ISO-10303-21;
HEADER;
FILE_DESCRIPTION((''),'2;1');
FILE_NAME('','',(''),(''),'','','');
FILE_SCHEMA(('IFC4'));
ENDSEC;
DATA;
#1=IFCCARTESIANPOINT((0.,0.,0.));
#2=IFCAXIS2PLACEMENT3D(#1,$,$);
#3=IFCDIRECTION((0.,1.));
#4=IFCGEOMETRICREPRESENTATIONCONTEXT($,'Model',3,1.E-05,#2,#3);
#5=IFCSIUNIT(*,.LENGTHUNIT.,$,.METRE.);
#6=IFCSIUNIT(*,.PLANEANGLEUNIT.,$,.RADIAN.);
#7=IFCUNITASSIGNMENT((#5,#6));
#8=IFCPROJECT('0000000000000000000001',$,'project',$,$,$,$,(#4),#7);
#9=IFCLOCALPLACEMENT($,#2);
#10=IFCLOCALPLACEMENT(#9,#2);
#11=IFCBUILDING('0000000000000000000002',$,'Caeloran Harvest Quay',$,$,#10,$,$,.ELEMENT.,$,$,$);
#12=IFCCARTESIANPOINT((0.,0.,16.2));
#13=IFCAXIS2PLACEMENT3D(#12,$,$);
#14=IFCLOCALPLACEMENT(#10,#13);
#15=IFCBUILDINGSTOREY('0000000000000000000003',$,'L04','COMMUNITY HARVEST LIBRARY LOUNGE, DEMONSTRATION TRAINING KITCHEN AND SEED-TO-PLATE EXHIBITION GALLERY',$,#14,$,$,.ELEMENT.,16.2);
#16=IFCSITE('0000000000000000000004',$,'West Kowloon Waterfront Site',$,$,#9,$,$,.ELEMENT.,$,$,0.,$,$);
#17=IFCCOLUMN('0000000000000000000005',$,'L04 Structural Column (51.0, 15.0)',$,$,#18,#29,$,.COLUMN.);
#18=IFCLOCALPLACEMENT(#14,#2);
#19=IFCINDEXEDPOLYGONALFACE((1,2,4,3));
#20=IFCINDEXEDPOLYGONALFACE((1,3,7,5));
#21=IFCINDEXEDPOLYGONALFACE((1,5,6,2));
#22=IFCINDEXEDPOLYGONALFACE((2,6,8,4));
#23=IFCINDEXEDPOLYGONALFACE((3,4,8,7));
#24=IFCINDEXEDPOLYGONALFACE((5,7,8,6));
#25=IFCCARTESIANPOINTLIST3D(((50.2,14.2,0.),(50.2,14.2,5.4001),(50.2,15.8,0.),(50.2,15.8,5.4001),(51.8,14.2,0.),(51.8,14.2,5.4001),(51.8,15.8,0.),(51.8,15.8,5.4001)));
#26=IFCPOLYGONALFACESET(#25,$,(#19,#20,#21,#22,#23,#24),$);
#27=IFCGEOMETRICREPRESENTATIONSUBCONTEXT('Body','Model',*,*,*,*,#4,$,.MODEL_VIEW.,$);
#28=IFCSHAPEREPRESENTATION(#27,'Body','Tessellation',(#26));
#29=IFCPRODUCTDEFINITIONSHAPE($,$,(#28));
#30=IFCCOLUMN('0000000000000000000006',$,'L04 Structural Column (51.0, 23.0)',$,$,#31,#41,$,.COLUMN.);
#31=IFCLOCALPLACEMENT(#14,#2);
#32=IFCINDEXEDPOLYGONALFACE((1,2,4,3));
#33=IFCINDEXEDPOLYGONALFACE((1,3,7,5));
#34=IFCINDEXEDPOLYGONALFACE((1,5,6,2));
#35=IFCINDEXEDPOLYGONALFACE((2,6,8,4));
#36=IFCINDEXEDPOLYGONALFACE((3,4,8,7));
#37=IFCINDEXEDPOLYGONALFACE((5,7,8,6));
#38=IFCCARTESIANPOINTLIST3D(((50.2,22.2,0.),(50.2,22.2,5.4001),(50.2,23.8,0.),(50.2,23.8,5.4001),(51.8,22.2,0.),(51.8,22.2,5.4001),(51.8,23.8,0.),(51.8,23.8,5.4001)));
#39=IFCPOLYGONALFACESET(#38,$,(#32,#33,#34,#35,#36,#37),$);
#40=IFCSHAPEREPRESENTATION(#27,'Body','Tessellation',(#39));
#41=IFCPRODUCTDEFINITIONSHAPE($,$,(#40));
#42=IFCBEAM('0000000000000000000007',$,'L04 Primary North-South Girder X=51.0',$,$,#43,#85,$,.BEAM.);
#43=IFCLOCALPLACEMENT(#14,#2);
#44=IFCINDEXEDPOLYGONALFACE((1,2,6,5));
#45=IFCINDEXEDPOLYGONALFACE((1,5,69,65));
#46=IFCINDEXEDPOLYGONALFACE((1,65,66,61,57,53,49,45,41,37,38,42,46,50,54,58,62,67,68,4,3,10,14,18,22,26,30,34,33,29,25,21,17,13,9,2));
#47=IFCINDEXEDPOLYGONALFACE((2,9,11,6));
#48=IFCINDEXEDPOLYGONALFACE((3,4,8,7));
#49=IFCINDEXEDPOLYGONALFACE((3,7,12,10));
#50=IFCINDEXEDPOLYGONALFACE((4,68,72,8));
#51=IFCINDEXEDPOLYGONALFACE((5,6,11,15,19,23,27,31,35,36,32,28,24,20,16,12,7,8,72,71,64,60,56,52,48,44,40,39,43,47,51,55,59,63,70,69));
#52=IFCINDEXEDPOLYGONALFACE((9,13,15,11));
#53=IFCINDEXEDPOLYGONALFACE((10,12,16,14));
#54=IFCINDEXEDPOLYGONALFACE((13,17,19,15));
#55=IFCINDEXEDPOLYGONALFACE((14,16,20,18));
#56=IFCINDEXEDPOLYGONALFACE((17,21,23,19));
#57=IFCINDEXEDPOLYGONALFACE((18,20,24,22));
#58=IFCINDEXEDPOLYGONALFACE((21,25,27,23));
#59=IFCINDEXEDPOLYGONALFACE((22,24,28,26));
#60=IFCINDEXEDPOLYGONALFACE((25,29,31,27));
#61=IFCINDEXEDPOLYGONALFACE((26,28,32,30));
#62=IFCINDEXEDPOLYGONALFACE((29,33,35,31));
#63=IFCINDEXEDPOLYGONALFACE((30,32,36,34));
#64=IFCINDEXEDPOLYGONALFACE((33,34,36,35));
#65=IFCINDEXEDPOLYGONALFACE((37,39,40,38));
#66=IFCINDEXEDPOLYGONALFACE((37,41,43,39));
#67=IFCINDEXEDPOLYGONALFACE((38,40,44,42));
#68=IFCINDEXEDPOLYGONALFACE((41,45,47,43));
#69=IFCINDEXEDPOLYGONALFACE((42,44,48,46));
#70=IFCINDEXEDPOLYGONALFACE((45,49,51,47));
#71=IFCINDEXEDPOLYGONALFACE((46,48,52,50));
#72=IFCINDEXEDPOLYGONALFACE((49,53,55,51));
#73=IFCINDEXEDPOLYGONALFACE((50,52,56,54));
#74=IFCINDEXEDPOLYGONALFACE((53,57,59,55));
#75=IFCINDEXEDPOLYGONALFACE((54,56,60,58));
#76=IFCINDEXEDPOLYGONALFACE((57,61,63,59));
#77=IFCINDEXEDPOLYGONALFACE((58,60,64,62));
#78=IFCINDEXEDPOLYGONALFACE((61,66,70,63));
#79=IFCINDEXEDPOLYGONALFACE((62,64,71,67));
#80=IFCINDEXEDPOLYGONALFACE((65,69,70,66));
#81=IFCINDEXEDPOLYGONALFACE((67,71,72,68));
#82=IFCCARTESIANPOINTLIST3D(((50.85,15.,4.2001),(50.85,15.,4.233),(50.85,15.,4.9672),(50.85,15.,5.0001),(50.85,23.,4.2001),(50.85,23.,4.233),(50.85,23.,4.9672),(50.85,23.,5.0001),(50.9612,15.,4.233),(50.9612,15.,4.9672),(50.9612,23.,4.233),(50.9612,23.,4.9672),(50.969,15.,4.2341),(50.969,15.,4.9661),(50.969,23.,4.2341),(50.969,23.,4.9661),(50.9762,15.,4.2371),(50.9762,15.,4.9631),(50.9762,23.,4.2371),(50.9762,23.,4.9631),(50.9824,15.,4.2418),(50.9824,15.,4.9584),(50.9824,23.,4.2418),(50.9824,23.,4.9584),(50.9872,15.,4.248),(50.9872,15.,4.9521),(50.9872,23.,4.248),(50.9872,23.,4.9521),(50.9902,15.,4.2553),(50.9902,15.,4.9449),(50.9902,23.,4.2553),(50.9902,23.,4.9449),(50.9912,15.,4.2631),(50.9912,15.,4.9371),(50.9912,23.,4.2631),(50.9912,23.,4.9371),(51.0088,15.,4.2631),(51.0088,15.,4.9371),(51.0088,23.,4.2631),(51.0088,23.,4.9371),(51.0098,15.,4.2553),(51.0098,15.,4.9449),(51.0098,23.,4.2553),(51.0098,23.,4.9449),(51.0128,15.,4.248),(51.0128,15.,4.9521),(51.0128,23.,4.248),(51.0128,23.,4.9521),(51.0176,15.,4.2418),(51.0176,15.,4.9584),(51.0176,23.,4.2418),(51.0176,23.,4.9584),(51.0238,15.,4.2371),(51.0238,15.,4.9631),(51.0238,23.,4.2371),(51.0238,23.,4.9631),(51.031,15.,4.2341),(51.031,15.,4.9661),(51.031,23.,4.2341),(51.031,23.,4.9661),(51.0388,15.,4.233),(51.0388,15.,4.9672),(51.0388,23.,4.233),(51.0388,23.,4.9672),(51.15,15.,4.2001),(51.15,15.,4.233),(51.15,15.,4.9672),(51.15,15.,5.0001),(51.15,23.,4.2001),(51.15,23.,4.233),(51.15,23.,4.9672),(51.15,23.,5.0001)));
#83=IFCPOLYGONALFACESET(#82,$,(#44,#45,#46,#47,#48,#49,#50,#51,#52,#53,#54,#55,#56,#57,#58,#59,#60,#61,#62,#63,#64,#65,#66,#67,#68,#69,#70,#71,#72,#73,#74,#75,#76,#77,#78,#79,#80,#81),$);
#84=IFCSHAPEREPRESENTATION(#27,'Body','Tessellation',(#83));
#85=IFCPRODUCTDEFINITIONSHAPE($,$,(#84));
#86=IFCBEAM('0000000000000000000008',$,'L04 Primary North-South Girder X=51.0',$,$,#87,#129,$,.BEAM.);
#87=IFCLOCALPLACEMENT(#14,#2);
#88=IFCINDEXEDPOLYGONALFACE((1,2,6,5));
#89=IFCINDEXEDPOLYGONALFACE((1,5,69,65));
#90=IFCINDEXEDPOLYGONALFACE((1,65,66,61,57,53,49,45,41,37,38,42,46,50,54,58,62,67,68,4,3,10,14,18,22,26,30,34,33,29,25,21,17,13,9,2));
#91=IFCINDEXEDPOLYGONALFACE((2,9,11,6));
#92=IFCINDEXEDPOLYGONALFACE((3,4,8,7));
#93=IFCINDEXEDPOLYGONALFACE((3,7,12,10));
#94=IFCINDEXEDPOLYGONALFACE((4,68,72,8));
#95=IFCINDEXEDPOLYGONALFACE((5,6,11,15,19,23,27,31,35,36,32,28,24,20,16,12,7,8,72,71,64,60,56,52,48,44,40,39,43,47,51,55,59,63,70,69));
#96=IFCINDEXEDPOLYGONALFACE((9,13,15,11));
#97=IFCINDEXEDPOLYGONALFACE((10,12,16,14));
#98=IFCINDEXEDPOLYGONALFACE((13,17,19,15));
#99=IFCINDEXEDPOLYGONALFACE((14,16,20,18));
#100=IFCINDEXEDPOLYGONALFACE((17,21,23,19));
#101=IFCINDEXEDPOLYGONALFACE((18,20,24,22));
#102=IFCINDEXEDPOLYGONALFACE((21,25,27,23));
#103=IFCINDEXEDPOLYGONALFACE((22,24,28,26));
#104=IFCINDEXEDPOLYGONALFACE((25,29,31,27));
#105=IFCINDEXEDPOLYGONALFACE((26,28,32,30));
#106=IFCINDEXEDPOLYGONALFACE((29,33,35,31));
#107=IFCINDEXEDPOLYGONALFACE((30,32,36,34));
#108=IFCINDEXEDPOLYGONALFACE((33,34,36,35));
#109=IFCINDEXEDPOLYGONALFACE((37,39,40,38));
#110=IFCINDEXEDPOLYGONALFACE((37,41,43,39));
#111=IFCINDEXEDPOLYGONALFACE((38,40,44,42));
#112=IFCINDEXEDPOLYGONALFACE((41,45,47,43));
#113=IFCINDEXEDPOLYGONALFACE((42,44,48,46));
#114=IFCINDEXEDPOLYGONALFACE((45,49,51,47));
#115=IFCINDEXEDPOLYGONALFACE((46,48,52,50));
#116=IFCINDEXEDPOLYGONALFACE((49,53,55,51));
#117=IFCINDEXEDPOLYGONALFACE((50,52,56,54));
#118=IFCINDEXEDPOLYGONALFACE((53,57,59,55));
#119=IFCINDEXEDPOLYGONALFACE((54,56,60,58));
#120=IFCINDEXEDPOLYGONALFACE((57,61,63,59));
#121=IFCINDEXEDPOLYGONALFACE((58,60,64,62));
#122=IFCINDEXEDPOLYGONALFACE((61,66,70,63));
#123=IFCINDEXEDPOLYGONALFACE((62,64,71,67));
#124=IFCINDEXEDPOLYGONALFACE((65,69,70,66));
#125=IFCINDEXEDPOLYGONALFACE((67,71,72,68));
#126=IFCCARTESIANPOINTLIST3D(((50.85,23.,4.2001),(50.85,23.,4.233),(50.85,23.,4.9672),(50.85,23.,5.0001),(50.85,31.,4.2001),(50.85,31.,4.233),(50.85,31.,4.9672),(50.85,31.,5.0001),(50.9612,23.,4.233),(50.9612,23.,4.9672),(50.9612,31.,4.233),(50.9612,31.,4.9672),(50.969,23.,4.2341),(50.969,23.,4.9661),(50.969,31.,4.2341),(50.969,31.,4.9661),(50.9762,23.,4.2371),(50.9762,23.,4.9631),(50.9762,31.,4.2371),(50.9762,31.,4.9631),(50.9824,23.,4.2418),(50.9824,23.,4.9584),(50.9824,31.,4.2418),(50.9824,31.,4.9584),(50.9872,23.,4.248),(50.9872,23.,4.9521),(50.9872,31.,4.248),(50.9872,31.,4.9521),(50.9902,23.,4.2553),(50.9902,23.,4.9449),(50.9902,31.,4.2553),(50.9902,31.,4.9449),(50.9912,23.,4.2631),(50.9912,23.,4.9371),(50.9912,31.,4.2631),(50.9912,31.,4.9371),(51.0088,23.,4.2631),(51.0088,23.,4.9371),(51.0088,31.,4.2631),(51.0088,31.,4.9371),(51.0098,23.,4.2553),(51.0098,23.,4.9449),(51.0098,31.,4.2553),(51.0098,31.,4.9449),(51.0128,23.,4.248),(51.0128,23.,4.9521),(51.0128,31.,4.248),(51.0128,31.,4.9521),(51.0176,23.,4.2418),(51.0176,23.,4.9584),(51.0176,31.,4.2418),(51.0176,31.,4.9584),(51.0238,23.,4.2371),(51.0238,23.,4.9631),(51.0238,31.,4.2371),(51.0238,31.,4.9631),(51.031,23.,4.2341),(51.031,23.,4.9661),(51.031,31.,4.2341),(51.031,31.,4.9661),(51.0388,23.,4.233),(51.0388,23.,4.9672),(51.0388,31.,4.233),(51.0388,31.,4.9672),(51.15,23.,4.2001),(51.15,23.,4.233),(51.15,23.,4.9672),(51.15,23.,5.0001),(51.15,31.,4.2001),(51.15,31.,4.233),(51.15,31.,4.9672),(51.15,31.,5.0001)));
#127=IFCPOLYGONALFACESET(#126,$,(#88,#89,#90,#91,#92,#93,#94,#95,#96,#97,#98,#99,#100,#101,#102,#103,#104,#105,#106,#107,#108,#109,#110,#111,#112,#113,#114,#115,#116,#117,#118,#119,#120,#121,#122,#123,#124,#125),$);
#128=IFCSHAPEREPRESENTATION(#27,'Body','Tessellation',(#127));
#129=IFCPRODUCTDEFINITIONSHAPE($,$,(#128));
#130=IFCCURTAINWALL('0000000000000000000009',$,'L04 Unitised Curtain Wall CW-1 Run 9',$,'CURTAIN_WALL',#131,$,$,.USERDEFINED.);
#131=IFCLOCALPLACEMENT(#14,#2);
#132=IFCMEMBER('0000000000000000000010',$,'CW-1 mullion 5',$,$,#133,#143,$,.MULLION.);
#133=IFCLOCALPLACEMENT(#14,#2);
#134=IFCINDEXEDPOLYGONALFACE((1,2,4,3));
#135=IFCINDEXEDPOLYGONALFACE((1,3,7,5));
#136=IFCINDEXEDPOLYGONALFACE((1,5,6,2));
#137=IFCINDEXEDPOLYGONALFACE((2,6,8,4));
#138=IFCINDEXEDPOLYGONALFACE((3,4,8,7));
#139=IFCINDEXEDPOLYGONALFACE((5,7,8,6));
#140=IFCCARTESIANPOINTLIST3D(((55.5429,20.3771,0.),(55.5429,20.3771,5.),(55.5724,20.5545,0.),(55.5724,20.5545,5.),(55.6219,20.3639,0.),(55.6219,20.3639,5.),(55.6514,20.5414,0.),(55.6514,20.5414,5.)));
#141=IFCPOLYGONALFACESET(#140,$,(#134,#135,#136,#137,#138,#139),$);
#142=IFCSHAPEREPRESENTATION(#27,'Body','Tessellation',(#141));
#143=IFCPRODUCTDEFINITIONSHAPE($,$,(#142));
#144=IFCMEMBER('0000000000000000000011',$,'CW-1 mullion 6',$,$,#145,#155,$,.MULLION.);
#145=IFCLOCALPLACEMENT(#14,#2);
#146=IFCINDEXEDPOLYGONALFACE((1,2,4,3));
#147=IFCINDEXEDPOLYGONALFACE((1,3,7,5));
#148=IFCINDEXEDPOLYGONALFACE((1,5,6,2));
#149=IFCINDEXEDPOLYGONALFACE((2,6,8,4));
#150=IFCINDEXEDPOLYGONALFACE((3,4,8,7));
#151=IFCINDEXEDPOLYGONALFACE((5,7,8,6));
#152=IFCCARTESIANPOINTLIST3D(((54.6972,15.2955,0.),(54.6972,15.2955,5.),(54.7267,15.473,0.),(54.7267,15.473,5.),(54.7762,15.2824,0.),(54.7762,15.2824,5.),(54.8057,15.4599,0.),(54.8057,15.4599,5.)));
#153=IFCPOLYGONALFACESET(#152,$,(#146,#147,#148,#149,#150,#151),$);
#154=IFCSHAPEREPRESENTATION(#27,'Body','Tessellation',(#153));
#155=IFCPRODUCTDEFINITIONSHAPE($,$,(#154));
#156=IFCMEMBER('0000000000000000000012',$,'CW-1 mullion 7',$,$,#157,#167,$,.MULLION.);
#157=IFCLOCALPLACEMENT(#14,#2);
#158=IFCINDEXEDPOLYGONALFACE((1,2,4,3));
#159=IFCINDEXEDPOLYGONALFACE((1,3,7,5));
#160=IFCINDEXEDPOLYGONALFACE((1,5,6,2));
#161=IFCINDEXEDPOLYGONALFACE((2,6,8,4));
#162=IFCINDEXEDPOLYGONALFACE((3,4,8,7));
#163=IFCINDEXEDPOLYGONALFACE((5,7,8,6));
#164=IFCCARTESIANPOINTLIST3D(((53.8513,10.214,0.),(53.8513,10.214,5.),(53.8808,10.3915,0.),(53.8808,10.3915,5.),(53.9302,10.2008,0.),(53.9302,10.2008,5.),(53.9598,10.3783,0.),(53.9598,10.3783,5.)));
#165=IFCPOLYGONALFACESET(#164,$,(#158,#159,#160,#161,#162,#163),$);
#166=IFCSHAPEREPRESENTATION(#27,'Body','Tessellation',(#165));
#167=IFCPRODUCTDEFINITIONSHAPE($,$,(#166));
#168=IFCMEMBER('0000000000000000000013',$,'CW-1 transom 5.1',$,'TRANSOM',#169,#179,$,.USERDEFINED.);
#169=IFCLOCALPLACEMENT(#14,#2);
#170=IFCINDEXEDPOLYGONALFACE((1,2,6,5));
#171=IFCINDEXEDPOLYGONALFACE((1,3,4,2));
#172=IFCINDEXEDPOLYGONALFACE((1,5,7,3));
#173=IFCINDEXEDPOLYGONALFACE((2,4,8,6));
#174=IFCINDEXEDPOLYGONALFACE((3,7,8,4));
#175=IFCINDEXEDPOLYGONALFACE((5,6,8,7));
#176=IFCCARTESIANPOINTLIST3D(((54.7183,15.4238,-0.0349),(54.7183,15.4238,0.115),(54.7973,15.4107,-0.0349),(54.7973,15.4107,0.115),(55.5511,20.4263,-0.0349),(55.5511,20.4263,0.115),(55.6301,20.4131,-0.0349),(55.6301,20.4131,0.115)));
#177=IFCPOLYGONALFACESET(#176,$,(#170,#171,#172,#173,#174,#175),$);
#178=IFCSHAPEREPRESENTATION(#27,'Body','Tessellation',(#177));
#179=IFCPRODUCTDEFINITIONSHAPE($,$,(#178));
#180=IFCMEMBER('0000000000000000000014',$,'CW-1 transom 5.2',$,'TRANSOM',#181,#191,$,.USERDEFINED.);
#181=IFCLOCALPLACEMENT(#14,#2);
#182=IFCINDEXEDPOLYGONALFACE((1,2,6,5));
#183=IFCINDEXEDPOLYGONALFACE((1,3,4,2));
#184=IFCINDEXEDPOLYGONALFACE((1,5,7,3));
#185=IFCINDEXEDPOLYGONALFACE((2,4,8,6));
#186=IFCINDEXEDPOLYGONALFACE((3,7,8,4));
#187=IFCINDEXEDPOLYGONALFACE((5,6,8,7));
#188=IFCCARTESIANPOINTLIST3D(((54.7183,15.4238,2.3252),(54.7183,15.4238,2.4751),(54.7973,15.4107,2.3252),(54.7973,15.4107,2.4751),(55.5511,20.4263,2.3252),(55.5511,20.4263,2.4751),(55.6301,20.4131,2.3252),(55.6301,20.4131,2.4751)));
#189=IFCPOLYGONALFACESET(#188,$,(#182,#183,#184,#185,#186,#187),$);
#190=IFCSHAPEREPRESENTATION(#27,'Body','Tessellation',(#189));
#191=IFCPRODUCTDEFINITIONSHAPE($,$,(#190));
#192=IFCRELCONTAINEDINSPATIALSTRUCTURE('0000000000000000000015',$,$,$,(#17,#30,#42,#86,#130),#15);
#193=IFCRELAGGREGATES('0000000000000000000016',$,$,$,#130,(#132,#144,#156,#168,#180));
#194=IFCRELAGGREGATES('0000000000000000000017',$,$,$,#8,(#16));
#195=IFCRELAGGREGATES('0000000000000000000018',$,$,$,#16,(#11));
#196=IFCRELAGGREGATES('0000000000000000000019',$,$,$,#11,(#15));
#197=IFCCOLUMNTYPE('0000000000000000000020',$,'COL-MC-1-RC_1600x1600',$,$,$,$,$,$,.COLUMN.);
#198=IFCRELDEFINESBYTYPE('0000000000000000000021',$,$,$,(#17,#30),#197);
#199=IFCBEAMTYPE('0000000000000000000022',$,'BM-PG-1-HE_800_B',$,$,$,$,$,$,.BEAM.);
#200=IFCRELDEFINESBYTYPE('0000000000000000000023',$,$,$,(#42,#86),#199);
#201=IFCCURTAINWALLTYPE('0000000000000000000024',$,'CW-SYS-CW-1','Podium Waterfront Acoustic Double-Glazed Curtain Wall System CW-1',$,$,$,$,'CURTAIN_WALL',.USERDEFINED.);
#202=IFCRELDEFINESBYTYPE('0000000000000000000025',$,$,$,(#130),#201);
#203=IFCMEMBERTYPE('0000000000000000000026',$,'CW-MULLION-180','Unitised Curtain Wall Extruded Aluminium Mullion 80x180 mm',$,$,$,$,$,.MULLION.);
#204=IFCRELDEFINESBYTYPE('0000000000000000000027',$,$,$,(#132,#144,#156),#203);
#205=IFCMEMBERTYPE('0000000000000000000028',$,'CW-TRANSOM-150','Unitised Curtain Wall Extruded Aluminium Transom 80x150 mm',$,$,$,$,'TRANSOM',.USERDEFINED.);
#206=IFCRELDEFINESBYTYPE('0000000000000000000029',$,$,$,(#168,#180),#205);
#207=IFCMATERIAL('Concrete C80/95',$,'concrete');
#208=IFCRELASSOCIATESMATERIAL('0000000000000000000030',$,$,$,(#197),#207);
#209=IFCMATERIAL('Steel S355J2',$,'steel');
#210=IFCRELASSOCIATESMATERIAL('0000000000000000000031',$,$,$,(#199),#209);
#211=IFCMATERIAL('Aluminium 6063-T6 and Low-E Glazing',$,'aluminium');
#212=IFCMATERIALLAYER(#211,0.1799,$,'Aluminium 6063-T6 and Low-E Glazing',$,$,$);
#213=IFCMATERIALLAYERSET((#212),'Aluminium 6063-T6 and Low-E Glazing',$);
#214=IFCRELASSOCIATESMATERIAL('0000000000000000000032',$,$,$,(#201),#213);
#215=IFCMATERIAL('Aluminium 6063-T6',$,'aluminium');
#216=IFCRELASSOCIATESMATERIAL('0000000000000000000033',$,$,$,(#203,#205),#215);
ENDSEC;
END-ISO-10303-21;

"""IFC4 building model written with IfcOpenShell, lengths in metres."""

from ifc_helpers import new_model, si_unit, direction, frame, origin, origin_2d, place, context, subcontext, project, spatial, rectangle, i_section, extrude, material, layer, layer_set, material_profile, profile_set, type_object, element, aggregate, save


model = new_model("IFC4")

# Units and contexts
model_context = context("Model", 3, precision=1e-05, world=origin(), true_north=direction((0.0, 1.0)))
body_context = subcontext(model_context, "Body", "Model", "MODEL_VIEW")
ifc_project = project(units=[si_unit("LENGTHUNIT", "METRE"), si_unit("PLANEANGLEUNIT", "RADIAN")], contexts=[model_context])

# Site, building, storey
site_placement = place(None, origin())
site = spatial("IfcSite", under=ifc_project, at=site_placement, Name="West Kowloon Waterfront Site", CompositionType="ELEMENT", RefElevation=0.0)
building_placement = place(site_placement, origin())
building = spatial("IfcBuilding", under=site, at=building_placement, Name="Caeloran Harvest Quay", CompositionType="ELEMENT")
storey_placement = place(building_placement, frame((0.0, 0.0, 16.2)))
storey = spatial("IfcBuildingStorey", under=building, at=storey_placement, Name="L04", Description="COMMUNITY HARVEST LIBRARY LOUNGE, DEMONSTRATION TRAINING KITCHEN AND SEED-TO-PLATE EXHIBITION GALLERY", CompositionType="ELEMENT", Elevation=16.2)

# Columns
ifc_material_1 = material(Name="Concrete C80/95", Category="concrete")
ifc_material_profile_1 = material_profile(ifc_material_1, rectangle(XDim=1.6001, YDim=1.6001, at=origin_2d()), Name="RC 1600x1600")
ifc_profile_set_1 = profile_set([ifc_material_profile_1], Name="Concrete C80/95")
column_type = type_object("IfcColumnType", Name="COL-MC-1-RC_1600x1600", PredefinedType="COLUMN", material=ifc_profile_set_1)
for number, where, z_axis, x_axis, name in (
    (1, (51.0, 15.0, 0.0), (0.0, 0.0, 1.0), (1.0, 0.0, 0.0), "L04 Structural Column (51.0, 15.0)"),
    (2, (51.0, 23.0, 0.0), (0.0, 0.0, 1.0), (1.0, 0.0, 0.0), "L04 Structural Column (51.0, 23.0)"),
):
    element("IfcColumn", number, at=place(storey_placement, frame(where, z_axis=z_axis, x_axis=x_axis)), inside=storey, type_object=column_type, Name=name, PredefinedType="COLUMN", context=body_context, shape_type="SweptSolid", body=[
        extrude(rectangle(XDim=1.6001, YDim=1.6001, at=origin_2d()), origin(), (0.0, 0.0, 1.0), 5.4001),
    ])

# Beams
ifc_material_2 = material(Name="Steel S355J2", Category="steel")
ifc_material_profile_2 = material_profile(ifc_material_2, i_section(OverallWidth=0.3, OverallDepth=0.8, WebThickness=0.0176, FlangeThickness=0.033, FilletRadius=0.03, at=origin_2d()), Name="HE 800 B")
ifc_profile_set_2 = profile_set([ifc_material_profile_2], Name="Steel S355J2")
beam_type = type_object("IfcBeamType", Name="BM-PG-1-HE_800_B", PredefinedType="BEAM", material=ifc_profile_set_2)
for number, where, z_axis, x_axis, name in (
    (3, (51.0, 15.0, 4.6001), (0.0, 1.0, 0.0), (-1.0, 0.0, 0.0), "L04 Primary North-South Girder X=51.0"),
    (4, (51.0, 23.0, 4.6001), (0.0, 1.0, 0.0), (-1.0, 0.0, 0.0), "L04 Primary North-South Girder X=51.0"),
):
    element("IfcBeam", number, at=place(storey_placement, frame(where, z_axis=z_axis, x_axis=x_axis)), inside=storey, type_object=beam_type, Name=name, PredefinedType="BEAM", context=body_context, shape_type="SweptSolid", body=[
        extrude(i_section(OverallWidth=0.3, OverallDepth=0.8, WebThickness=0.0176, FlangeThickness=0.033, FilletRadius=0.03, at=origin_2d()), origin(), (0.0, 0.0, 1.0), 8.0),
    ])

# Curtain wall, members
ifc_material_3 = material(Name="Aluminium 6063-T6 and Low-E Glazing", Category="aluminium")
ifc_layer_1 = layer(ifc_material_3, 0.1799, Name="Aluminium 6063-T6 and Low-E Glazing")
ifc_layer_set_1 = layer_set([ifc_layer_1], Name="Aluminium 6063-T6 and Low-E Glazing")
curtain_wall_type = type_object("IfcCurtainWallType", Name="CW-SYS-CW-1", Description="Podium Waterfront Acoustic Double-Glazed Curtain Wall System CW-1", ElementType="CURTAIN_WALL", PredefinedType="USERDEFINED", material=ifc_layer_set_1)
curtain_wall_placement = place(storey_placement, origin())
curtain_wall = element("IfcCurtainWall", 5, at=curtain_wall_placement, inside=storey, type_object=curtain_wall_type, Name="L04 Unitised Curtain Wall CW-1 Run 9", ObjectType="CURTAIN_WALL", PredefinedType="USERDEFINED")
ifc_material_4 = material(Name="Aluminium 6063-T6", Category="aluminium")
ifc_material_profile_3 = material_profile(ifc_material_4, rectangle(XDim=0.0801, YDim=0.1799, at=origin_2d()), Name="CW-MULLION-180")
ifc_profile_set_3 = profile_set([ifc_material_profile_3], Name="Aluminium 6063-T6")
member_type_1 = type_object("IfcMemberType", Name="CW-MULLION-180", Description="Unitised Curtain Wall Extruded Aluminium Mullion 80x180 mm", PredefinedType="MULLION", material=ifc_profile_set_3)
member_1_placement = place(storey_placement, frame((55.5972, 20.4592, 0.0), z_axis=(0.0, 0.0, 1.0), x_axis=(0.986431, -0.164174, 0.0)))
member_1 = element("IfcMember", 6, at=member_1_placement, type_object=member_type_1, Name="CW-1 mullion 5", PredefinedType="MULLION", context=body_context, shape_type="SweptSolid", body=[
    extrude(rectangle(XDim=0.0801, YDim=0.1799, at=origin_2d()), origin(), (0.0, 0.0, 1.0), 5.0),
])
member_2_placement = place(storey_placement, frame((54.7515, 15.3777, 0.0), z_axis=(0.0, 0.0, 1.0), x_axis=(0.986431, -0.164174, 0.0)))
member_2 = element("IfcMember", 7, at=member_2_placement, type_object=member_type_1, Name="CW-1 mullion 6", PredefinedType="MULLION", context=body_context, shape_type="SweptSolid", body=[
    extrude(rectangle(XDim=0.0801, YDim=0.1799, at=origin_2d()), origin(), (0.0, 0.0, 1.0), 5.0),
])
member_3_placement = place(storey_placement, frame((53.9055, 10.2961, 0.0), z_axis=(0.0, 0.0, 1.0), x_axis=(0.986431, -0.164174, 0.0)))
member_3 = element("IfcMember", 8, at=member_3_placement, type_object=member_type_1, Name="CW-1 mullion 7", PredefinedType="MULLION", context=body_context, shape_type="SweptSolid", body=[
    extrude(rectangle(XDim=0.0801, YDim=0.1799, at=origin_2d()), origin(), (0.0, 0.0, 1.0), 5.0),
])
ifc_material_profile_4 = material_profile(ifc_material_4, rectangle(XDim=0.0801, YDim=0.1499, at=origin_2d()), Name="CW-TRANSOM-150")
ifc_profile_set_4 = profile_set([ifc_material_profile_4], Name="Aluminium 6063-T6")
member_type_2 = type_object("IfcMemberType", Name="CW-TRANSOM-150", Description="Unitised Curtain Wall Extruded Aluminium Transom 80x150 mm", ElementType="TRANSOM", PredefinedType="USERDEFINED", material=ifc_profile_set_4)
member_4_placement = place(storey_placement, frame((55.5906, 20.4197, 0.04), z_axis=(-0.164212, -0.986425, 0.0), x_axis=(0.986425, -0.164212, 0.0)))
member_4 = element("IfcMember", 9, at=member_4_placement, type_object=member_type_2, Name="CW-1 transom 5.1", ObjectType="TRANSOM", PredefinedType="USERDEFINED", context=body_context, shape_type="SweptSolid", body=[
    extrude(rectangle(XDim=0.0801, YDim=0.1499, at=origin_2d()), origin(), (0.0, 0.0, 1.0), 5.0713),
])
member_5_placement = place(storey_placement, frame((55.5906, 20.4197, 2.4001), z_axis=(-0.164212, -0.986425, 0.0), x_axis=(0.986425, -0.164212, 0.0)))
member_5 = element("IfcMember", 10, at=member_5_placement, type_object=member_type_2, Name="CW-1 transom 5.2", ObjectType="TRANSOM", PredefinedType="USERDEFINED", context=body_context, shape_type="SweptSolid", body=[
    extrude(rectangle(XDim=0.0801, YDim=0.1499, at=origin_2d()), origin(), (0.0, 0.0, 1.0), 5.0713),
])
aggregate(curtain_wall, [member_1, member_2, member_3, member_4, member_5])

save(model, "model.ifc")
